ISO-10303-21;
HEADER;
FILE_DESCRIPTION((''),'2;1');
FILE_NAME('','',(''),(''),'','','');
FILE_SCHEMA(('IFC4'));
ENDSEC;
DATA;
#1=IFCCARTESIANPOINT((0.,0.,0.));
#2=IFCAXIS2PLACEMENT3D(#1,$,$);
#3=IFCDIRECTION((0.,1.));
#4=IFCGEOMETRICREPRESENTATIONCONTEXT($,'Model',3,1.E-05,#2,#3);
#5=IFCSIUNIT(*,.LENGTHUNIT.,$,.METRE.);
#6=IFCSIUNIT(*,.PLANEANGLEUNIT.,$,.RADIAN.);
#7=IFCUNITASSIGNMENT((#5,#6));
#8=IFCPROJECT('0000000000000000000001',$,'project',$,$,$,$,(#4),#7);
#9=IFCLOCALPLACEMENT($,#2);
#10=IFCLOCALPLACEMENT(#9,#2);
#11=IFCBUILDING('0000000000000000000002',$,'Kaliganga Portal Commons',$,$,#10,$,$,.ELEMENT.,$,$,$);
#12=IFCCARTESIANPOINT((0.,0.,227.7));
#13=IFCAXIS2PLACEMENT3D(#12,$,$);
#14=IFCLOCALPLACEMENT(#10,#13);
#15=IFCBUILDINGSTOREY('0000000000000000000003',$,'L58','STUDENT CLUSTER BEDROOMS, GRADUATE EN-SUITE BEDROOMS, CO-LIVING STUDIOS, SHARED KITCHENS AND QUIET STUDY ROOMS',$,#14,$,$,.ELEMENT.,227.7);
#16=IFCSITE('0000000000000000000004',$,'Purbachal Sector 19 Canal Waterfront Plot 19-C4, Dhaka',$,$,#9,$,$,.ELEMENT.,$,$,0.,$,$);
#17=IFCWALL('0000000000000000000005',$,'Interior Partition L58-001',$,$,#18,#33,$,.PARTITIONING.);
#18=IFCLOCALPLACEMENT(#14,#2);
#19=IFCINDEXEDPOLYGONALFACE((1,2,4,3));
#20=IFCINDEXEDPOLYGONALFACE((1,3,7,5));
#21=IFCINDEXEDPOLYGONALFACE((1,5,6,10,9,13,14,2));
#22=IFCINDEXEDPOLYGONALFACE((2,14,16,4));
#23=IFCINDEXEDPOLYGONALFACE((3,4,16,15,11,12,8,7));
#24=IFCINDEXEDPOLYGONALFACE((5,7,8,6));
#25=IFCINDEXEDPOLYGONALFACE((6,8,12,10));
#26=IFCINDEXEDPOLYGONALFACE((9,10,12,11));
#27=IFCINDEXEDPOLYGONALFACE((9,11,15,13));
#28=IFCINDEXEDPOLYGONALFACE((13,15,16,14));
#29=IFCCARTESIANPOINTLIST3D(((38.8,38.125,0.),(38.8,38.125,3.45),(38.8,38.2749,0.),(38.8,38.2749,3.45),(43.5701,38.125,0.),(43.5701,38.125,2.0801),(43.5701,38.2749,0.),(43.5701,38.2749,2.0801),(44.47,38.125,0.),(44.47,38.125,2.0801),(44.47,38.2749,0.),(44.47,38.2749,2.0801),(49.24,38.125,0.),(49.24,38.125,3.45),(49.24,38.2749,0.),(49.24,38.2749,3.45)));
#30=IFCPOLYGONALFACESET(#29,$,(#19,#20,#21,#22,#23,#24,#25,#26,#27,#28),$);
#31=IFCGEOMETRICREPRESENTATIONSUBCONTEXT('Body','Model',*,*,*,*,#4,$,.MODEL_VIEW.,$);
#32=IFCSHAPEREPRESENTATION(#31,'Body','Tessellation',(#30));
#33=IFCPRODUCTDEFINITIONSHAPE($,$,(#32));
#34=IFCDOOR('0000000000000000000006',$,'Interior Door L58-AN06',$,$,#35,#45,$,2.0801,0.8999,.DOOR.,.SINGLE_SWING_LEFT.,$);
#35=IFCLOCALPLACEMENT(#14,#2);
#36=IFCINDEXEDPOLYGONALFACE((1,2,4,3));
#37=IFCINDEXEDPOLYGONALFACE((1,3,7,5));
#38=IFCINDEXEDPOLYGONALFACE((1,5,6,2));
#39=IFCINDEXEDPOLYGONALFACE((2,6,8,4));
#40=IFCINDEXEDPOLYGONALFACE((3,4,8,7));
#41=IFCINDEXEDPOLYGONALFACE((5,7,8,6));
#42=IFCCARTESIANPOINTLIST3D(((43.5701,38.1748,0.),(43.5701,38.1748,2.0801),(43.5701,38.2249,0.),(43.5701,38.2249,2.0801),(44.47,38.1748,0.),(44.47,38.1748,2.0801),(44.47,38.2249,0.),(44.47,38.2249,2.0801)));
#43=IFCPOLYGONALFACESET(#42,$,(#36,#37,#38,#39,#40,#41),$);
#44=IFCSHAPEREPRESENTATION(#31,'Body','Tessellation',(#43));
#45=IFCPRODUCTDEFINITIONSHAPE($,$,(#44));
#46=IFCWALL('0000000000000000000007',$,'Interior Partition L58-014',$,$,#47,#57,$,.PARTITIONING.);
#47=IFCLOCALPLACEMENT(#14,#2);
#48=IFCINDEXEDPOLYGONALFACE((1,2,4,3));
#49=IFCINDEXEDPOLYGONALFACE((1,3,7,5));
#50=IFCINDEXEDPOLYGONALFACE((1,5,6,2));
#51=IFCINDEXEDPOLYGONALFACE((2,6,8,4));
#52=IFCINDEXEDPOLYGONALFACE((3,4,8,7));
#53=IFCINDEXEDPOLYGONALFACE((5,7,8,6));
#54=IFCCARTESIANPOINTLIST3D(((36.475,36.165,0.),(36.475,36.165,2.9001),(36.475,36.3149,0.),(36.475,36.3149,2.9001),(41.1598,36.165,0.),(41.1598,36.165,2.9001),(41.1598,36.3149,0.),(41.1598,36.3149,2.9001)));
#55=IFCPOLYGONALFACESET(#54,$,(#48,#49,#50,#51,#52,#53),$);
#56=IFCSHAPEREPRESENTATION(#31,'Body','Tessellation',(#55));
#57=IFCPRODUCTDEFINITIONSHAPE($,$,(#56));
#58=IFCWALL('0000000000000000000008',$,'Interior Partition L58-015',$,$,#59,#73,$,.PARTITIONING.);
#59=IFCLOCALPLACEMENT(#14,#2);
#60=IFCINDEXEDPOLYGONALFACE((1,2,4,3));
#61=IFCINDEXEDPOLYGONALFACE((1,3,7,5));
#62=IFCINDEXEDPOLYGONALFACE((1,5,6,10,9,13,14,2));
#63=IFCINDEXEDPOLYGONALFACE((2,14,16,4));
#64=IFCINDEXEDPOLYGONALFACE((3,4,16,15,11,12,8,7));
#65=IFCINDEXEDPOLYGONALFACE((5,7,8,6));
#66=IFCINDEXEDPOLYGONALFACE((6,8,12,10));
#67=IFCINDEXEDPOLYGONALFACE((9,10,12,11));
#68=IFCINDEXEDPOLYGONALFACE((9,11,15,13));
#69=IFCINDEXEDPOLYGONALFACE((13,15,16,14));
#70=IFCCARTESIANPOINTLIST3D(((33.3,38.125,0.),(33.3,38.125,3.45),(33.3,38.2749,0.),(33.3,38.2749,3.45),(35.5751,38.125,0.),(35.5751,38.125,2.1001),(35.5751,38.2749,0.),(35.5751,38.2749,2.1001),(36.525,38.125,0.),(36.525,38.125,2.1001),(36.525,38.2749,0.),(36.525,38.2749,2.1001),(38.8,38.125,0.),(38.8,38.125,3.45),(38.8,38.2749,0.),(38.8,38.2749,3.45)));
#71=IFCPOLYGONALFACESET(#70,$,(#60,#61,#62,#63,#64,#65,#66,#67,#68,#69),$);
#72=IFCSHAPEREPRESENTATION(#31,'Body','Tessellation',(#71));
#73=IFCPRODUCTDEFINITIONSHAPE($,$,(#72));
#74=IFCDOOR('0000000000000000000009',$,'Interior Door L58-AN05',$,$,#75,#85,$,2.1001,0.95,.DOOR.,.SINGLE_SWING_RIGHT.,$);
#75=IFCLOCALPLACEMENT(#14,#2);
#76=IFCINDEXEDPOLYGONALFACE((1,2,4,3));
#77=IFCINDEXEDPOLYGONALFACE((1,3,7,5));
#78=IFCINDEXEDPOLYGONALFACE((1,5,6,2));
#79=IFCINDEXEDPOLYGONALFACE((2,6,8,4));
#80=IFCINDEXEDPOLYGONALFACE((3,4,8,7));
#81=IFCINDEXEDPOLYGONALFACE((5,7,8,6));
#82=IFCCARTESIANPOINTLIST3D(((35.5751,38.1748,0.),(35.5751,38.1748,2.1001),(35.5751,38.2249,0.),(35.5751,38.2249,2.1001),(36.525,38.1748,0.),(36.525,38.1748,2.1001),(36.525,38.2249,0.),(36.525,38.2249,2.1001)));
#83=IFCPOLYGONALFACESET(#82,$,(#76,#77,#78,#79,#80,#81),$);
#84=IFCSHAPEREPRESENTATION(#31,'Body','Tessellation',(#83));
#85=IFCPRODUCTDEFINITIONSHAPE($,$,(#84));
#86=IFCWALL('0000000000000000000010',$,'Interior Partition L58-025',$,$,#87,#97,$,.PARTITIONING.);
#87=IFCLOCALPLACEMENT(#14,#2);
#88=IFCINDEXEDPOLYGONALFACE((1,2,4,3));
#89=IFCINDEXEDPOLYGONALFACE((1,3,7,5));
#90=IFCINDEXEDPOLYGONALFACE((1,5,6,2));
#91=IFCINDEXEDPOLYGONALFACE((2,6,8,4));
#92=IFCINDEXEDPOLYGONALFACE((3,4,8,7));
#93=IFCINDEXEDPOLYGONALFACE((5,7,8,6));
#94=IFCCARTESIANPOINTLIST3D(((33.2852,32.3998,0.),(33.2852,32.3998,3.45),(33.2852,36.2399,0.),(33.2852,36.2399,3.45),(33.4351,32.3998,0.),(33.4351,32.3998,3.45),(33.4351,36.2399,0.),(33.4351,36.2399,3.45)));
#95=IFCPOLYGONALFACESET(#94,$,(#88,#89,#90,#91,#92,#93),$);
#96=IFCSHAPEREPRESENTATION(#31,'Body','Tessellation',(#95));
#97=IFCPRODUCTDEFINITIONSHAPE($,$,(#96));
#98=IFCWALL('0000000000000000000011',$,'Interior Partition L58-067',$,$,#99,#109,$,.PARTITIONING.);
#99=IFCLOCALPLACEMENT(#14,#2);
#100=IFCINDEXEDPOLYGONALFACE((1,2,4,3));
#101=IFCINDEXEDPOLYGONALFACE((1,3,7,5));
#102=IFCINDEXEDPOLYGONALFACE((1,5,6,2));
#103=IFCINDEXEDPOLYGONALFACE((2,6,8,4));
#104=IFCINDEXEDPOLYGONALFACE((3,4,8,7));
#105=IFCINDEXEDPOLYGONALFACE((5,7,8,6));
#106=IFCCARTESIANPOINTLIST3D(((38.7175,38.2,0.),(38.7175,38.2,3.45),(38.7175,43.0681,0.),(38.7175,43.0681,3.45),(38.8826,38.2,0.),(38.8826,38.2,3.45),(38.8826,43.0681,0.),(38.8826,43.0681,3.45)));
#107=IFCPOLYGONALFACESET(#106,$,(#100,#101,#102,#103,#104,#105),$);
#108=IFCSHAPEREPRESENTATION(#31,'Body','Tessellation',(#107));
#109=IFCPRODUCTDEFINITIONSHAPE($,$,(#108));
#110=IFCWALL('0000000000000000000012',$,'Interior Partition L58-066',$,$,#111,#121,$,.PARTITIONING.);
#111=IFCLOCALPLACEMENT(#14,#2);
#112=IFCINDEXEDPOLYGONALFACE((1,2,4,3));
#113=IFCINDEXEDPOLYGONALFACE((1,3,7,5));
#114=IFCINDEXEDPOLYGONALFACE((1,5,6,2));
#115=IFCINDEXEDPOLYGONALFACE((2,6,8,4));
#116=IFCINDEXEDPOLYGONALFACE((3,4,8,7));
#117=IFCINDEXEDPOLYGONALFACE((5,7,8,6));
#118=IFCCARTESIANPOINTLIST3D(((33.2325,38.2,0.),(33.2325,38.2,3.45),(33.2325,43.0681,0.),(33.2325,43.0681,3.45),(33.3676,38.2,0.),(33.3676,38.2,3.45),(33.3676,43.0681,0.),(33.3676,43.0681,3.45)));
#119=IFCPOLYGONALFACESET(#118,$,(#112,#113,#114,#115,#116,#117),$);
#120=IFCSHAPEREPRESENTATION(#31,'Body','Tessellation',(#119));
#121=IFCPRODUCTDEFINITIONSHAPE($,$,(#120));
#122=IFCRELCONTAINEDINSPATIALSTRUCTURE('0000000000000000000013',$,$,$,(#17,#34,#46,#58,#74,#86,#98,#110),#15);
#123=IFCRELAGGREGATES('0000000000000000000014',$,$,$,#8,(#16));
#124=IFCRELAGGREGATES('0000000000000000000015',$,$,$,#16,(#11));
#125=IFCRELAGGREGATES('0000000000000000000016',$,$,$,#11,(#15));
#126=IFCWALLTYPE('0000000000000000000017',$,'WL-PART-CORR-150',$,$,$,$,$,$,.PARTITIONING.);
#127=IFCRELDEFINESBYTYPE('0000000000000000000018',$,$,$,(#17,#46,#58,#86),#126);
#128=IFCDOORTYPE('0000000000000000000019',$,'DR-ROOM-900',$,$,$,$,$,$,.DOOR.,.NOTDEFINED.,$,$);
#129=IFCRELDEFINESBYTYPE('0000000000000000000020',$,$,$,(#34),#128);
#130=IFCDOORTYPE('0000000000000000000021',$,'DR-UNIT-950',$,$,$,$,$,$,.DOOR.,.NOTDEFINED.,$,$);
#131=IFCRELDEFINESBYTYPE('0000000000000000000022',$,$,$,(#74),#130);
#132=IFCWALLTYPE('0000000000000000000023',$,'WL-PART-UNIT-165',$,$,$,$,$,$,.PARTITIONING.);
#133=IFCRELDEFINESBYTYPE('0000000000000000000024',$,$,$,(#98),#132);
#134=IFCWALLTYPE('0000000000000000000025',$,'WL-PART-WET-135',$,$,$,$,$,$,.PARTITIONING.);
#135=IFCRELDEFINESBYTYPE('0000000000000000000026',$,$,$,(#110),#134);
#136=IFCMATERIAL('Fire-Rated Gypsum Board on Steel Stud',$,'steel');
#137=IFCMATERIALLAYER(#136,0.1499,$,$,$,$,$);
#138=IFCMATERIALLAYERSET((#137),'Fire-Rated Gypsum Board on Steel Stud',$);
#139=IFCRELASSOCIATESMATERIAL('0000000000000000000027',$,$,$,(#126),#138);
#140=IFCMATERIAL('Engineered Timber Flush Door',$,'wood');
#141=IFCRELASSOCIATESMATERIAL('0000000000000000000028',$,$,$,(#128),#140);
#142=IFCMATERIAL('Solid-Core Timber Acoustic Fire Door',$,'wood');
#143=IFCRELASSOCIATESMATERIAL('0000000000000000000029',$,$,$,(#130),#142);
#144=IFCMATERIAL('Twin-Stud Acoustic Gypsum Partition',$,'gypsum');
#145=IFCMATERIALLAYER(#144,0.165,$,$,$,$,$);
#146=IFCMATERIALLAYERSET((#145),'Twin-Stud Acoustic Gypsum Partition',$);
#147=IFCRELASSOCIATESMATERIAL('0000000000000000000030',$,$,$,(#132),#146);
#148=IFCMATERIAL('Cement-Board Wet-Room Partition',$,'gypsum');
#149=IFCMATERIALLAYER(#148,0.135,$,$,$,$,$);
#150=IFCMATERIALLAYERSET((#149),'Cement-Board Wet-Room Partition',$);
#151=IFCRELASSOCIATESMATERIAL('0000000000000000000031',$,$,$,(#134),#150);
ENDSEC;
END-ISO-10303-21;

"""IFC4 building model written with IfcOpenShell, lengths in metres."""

from ifc_helpers import new_model, si_unit, direction, frame, frame_2d, origin, place, context, subcontext, project, spatial, rectangle, extrude, material, layer, layer_set, type_object, element, fill, save


model = new_model("IFC4")

# Units and contexts
model_context = context("Model", 3, precision=1e-05, world=origin(), true_north=direction((0.0, 1.0)))
body_context = subcontext(model_context, "Body", "Model", "MODEL_VIEW")
ifc_project = project(units=[si_unit("LENGTHUNIT", "METRE"), si_unit("PLANEANGLEUNIT", "RADIAN")], contexts=[model_context])

# Site, building, storey
site_placement = place(None, origin())
site = spatial("IfcSite", under=ifc_project, at=site_placement, Name="Purbachal Sector 19 Canal Waterfront Plot 19-C4, Dhaka", CompositionType="ELEMENT", RefElevation=0.0)
building_placement = place(site_placement, origin())
building = spatial("IfcBuilding", under=site, at=building_placement, Name="Kaliganga Portal Commons", CompositionType="ELEMENT")
storey_placement = place(building_placement, frame((0.0, 0.0, 227.7)))
storey = spatial("IfcBuildingStorey", under=building, at=storey_placement, Name="L58", Description="STUDENT CLUSTER BEDROOMS, GRADUATE EN-SUITE BEDROOMS, CO-LIVING STUDIOS, SHARED KITCHENS AND QUIET STUDY ROOMS", CompositionType="ELEMENT", Elevation=227.7)

# Wall, opening, door
ifc_material_1 = material(Name="Fire-Rated Gypsum Board on Steel Stud", Category="steel")
ifc_layer_1 = layer(ifc_material_1, 0.1499)
ifc_layer_set_1 = layer_set([ifc_layer_1], Name="Fire-Rated Gypsum Board on Steel Stud")
wall_type_1 = type_object("IfcWallType", Name="WL-PART-CORR-150", PredefinedType="PARTITIONING", material=ifc_layer_set_1)
wall_1_placement = place(storey_placement, frame((38.8, 38.2, 0.0), z_axis=(0.0, 0.0, 1.0), x_axis=(1.0, 0.0, 0.0)))
wall_1 = element("IfcWall", 1, at=wall_1_placement, inside=storey, type_object=wall_type_1, Name="Interior Partition L58-001", PredefinedType="PARTITIONING", context=body_context, shape_type="SweptSolid", body=[
    extrude(rectangle(XDim=10.4399, YDim=0.1499, at=frame_2d((5.22, 0.0))), origin(), (0.0, 0.0, 1.0), 3.45),
])
opening_1_placement = place(wall_1_placement, frame((4.77, 0.0, 0.0)))
opening_1 = element("IfcOpeningElement", 2, at=opening_1_placement, cuts=wall_1, PredefinedType="OPENING", context=body_context, shape_type="SweptSolid", body=[
    extrude(rectangle(XDim=0.8999, YDim=2.0801, at=frame_2d((0.45, 1.04))), frame((0.0, 0.085, 0.0), z_axis=(0.0, -1.0, 0.0), x_axis=(1.0, 0.0, 0.0)), (0.0, 0.0, 1.0), 0.1699),
])
ifc_material_2 = material(Name="Engineered Timber Flush Door", Category="wood")
door_type_1 = type_object("IfcDoorType", Name="DR-ROOM-900", OperationType="NOTDEFINED", PredefinedType="DOOR", material=ifc_material_2)
door_1_placement = place(opening_1_placement, origin())
door_1 = element("IfcDoor", 3, at=door_1_placement, inside=storey, type_object=door_type_1, Name="Interior Door L58-AN06", OperationType="SINGLE_SWING_LEFT", OverallHeight=2.0801, OverallWidth=0.8999, PredefinedType="DOOR", context=body_context, shape_type="SweptSolid", body=[
    extrude(rectangle(XDim=0.8999, YDim=2.0801, at=frame_2d((0.45, 1.04))), frame((0.0, 0.0249, 0.0), z_axis=(0.0, -1.0, 0.0), x_axis=(1.0, 0.0, 0.0)), (0.0, 0.0, 1.0), 0.05),
])
fill(opening_1, door_1)

# Wall
wall_2_placement = place(storey_placement, frame((36.4751, 36.24, 0.0), z_axis=(0.0, 0.0, 1.0), x_axis=(1.0, 0.0, 0.0)))
element("IfcWall", 4, at=wall_2_placement, inside=storey, type_object=wall_type_1, Name="Interior Partition L58-014", PredefinedType="PARTITIONING", context=body_context, shape_type="SweptSolid", body=[
    extrude(rectangle(XDim=4.6848, YDim=0.1499, at=frame_2d((2.3423, 0.0))), origin(), (0.0, 0.0, 1.0), 2.9001),
])

# Wall, opening, door
wall_3_placement = place(storey_placement, frame((33.3, 38.2, 0.0), z_axis=(0.0, 0.0, 1.0), x_axis=(1.0, 0.0, 0.0)))
wall_3 = element("IfcWall", 5, at=wall_3_placement, inside=storey, type_object=wall_type_1, Name="Interior Partition L58-015", PredefinedType="PARTITIONING", context=body_context, shape_type="SweptSolid", body=[
    extrude(rectangle(XDim=5.5, YDim=0.1499, at=frame_2d((2.75, 0.0))), origin(), (0.0, 0.0, 1.0), 3.45),
])
opening_2_placement = place(wall_3_placement, frame((2.2749, 0.0, 0.0)))
opening_2 = element("IfcOpeningElement", 6, at=opening_2_placement, cuts=wall_3, PredefinedType="OPENING", context=body_context, shape_type="SweptSolid", body=[
    extrude(rectangle(XDim=0.95, YDim=2.1001, at=frame_2d((0.4751, 1.05))), frame((0.0, 0.085, 0.0), z_axis=(0.0, -1.0, 0.0), x_axis=(1.0, 0.0, 0.0)), (0.0, 0.0, 1.0), 0.1699),
])
ifc_material_3 = material(Name="Solid-Core Timber Acoustic Fire Door", Category="wood")
door_type_2 = type_object("IfcDoorType", Name="DR-UNIT-950", OperationType="NOTDEFINED", PredefinedType="DOOR", material=ifc_material_3)
door_2_placement = place(opening_2_placement, origin())
door_2 = element("IfcDoor", 7, at=door_2_placement, inside=storey, type_object=door_type_2, Name="Interior Door L58-AN05", OperationType="SINGLE_SWING_RIGHT", OverallHeight=2.1001, OverallWidth=0.95, PredefinedType="DOOR", context=body_context, shape_type="SweptSolid", body=[
    extrude(rectangle(XDim=0.95, YDim=2.1001, at=frame_2d((0.4751, 1.05))), frame((0.0, 0.0249, 0.0), z_axis=(0.0, -1.0, 0.0), x_axis=(1.0, 0.0, 0.0)), (0.0, 0.0, 1.0), 0.05),
])
fill(opening_2, door_2)

# Walls
wall_4_placement = place(storey_placement, frame((33.3601, 32.3999, 0.0), z_axis=(0.0, 0.0, 1.0), x_axis=(0.0, 1.0, 0.0)))
element("IfcWall", 8, at=wall_4_placement, inside=storey, type_object=wall_type_1, Name="Interior Partition L58-025", PredefinedType="PARTITIONING", context=body_context, shape_type="SweptSolid", body=[
    extrude(rectangle(XDim=3.8401, YDim=0.1499, at=frame_2d((1.9199, 0.0))), origin(), (0.0, 0.0, 1.0), 3.45),
])
ifc_material_4 = material(Name="Twin-Stud Acoustic Gypsum Partition", Category="gypsum")
ifc_layer_2 = layer(ifc_material_4, 0.165)
ifc_layer_set_2 = layer_set([ifc_layer_2], Name="Twin-Stud Acoustic Gypsum Partition")
wall_type_2 = type_object("IfcWallType", Name="WL-PART-UNIT-165", PredefinedType="PARTITIONING", material=ifc_layer_set_2)
wall_5_placement = place(storey_placement, frame((38.8, 38.2, 0.0), z_axis=(0.0, 0.0, 1.0), x_axis=(0.0, 1.0, 0.0)))
element("IfcWall", 9, at=wall_5_placement, inside=storey, type_object=wall_type_2, Name="Interior Partition L58-067", PredefinedType="PARTITIONING", context=body_context, shape_type="SweptSolid", body=[
    extrude(rectangle(XDim=4.8682, YDim=0.165, at=frame_2d((2.4341, 0.0))), origin(), (0.0, 0.0, 1.0), 3.45),
])
ifc_material_5 = material(Name="Cement-Board Wet-Room Partition", Category="gypsum")
ifc_layer_3 = layer(ifc_material_5, 0.135)
ifc_layer_set_3 = layer_set([ifc_layer_3], Name="Cement-Board Wet-Room Partition")
wall_type_3 = type_object("IfcWallType", Name="WL-PART-WET-135", PredefinedType="PARTITIONING", material=ifc_layer_set_3)
wall_6_placement = place(storey_placement, frame((33.3, 38.2, 0.0), z_axis=(0.0, 0.0, 1.0), x_axis=(0.0, 1.0, 0.0)))
element("IfcWall", 10, at=wall_6_placement, inside=storey, type_object=wall_type_3, Name="Interior Partition L58-066", PredefinedType="PARTITIONING", context=body_context, shape_type="SweptSolid", body=[
    extrude(rectangle(XDim=4.8682, YDim=0.135, at=frame_2d((2.4341, 0.0))), origin(), (0.0, 0.0, 1.0), 3.45),
])

save(model, "model.ifc")
